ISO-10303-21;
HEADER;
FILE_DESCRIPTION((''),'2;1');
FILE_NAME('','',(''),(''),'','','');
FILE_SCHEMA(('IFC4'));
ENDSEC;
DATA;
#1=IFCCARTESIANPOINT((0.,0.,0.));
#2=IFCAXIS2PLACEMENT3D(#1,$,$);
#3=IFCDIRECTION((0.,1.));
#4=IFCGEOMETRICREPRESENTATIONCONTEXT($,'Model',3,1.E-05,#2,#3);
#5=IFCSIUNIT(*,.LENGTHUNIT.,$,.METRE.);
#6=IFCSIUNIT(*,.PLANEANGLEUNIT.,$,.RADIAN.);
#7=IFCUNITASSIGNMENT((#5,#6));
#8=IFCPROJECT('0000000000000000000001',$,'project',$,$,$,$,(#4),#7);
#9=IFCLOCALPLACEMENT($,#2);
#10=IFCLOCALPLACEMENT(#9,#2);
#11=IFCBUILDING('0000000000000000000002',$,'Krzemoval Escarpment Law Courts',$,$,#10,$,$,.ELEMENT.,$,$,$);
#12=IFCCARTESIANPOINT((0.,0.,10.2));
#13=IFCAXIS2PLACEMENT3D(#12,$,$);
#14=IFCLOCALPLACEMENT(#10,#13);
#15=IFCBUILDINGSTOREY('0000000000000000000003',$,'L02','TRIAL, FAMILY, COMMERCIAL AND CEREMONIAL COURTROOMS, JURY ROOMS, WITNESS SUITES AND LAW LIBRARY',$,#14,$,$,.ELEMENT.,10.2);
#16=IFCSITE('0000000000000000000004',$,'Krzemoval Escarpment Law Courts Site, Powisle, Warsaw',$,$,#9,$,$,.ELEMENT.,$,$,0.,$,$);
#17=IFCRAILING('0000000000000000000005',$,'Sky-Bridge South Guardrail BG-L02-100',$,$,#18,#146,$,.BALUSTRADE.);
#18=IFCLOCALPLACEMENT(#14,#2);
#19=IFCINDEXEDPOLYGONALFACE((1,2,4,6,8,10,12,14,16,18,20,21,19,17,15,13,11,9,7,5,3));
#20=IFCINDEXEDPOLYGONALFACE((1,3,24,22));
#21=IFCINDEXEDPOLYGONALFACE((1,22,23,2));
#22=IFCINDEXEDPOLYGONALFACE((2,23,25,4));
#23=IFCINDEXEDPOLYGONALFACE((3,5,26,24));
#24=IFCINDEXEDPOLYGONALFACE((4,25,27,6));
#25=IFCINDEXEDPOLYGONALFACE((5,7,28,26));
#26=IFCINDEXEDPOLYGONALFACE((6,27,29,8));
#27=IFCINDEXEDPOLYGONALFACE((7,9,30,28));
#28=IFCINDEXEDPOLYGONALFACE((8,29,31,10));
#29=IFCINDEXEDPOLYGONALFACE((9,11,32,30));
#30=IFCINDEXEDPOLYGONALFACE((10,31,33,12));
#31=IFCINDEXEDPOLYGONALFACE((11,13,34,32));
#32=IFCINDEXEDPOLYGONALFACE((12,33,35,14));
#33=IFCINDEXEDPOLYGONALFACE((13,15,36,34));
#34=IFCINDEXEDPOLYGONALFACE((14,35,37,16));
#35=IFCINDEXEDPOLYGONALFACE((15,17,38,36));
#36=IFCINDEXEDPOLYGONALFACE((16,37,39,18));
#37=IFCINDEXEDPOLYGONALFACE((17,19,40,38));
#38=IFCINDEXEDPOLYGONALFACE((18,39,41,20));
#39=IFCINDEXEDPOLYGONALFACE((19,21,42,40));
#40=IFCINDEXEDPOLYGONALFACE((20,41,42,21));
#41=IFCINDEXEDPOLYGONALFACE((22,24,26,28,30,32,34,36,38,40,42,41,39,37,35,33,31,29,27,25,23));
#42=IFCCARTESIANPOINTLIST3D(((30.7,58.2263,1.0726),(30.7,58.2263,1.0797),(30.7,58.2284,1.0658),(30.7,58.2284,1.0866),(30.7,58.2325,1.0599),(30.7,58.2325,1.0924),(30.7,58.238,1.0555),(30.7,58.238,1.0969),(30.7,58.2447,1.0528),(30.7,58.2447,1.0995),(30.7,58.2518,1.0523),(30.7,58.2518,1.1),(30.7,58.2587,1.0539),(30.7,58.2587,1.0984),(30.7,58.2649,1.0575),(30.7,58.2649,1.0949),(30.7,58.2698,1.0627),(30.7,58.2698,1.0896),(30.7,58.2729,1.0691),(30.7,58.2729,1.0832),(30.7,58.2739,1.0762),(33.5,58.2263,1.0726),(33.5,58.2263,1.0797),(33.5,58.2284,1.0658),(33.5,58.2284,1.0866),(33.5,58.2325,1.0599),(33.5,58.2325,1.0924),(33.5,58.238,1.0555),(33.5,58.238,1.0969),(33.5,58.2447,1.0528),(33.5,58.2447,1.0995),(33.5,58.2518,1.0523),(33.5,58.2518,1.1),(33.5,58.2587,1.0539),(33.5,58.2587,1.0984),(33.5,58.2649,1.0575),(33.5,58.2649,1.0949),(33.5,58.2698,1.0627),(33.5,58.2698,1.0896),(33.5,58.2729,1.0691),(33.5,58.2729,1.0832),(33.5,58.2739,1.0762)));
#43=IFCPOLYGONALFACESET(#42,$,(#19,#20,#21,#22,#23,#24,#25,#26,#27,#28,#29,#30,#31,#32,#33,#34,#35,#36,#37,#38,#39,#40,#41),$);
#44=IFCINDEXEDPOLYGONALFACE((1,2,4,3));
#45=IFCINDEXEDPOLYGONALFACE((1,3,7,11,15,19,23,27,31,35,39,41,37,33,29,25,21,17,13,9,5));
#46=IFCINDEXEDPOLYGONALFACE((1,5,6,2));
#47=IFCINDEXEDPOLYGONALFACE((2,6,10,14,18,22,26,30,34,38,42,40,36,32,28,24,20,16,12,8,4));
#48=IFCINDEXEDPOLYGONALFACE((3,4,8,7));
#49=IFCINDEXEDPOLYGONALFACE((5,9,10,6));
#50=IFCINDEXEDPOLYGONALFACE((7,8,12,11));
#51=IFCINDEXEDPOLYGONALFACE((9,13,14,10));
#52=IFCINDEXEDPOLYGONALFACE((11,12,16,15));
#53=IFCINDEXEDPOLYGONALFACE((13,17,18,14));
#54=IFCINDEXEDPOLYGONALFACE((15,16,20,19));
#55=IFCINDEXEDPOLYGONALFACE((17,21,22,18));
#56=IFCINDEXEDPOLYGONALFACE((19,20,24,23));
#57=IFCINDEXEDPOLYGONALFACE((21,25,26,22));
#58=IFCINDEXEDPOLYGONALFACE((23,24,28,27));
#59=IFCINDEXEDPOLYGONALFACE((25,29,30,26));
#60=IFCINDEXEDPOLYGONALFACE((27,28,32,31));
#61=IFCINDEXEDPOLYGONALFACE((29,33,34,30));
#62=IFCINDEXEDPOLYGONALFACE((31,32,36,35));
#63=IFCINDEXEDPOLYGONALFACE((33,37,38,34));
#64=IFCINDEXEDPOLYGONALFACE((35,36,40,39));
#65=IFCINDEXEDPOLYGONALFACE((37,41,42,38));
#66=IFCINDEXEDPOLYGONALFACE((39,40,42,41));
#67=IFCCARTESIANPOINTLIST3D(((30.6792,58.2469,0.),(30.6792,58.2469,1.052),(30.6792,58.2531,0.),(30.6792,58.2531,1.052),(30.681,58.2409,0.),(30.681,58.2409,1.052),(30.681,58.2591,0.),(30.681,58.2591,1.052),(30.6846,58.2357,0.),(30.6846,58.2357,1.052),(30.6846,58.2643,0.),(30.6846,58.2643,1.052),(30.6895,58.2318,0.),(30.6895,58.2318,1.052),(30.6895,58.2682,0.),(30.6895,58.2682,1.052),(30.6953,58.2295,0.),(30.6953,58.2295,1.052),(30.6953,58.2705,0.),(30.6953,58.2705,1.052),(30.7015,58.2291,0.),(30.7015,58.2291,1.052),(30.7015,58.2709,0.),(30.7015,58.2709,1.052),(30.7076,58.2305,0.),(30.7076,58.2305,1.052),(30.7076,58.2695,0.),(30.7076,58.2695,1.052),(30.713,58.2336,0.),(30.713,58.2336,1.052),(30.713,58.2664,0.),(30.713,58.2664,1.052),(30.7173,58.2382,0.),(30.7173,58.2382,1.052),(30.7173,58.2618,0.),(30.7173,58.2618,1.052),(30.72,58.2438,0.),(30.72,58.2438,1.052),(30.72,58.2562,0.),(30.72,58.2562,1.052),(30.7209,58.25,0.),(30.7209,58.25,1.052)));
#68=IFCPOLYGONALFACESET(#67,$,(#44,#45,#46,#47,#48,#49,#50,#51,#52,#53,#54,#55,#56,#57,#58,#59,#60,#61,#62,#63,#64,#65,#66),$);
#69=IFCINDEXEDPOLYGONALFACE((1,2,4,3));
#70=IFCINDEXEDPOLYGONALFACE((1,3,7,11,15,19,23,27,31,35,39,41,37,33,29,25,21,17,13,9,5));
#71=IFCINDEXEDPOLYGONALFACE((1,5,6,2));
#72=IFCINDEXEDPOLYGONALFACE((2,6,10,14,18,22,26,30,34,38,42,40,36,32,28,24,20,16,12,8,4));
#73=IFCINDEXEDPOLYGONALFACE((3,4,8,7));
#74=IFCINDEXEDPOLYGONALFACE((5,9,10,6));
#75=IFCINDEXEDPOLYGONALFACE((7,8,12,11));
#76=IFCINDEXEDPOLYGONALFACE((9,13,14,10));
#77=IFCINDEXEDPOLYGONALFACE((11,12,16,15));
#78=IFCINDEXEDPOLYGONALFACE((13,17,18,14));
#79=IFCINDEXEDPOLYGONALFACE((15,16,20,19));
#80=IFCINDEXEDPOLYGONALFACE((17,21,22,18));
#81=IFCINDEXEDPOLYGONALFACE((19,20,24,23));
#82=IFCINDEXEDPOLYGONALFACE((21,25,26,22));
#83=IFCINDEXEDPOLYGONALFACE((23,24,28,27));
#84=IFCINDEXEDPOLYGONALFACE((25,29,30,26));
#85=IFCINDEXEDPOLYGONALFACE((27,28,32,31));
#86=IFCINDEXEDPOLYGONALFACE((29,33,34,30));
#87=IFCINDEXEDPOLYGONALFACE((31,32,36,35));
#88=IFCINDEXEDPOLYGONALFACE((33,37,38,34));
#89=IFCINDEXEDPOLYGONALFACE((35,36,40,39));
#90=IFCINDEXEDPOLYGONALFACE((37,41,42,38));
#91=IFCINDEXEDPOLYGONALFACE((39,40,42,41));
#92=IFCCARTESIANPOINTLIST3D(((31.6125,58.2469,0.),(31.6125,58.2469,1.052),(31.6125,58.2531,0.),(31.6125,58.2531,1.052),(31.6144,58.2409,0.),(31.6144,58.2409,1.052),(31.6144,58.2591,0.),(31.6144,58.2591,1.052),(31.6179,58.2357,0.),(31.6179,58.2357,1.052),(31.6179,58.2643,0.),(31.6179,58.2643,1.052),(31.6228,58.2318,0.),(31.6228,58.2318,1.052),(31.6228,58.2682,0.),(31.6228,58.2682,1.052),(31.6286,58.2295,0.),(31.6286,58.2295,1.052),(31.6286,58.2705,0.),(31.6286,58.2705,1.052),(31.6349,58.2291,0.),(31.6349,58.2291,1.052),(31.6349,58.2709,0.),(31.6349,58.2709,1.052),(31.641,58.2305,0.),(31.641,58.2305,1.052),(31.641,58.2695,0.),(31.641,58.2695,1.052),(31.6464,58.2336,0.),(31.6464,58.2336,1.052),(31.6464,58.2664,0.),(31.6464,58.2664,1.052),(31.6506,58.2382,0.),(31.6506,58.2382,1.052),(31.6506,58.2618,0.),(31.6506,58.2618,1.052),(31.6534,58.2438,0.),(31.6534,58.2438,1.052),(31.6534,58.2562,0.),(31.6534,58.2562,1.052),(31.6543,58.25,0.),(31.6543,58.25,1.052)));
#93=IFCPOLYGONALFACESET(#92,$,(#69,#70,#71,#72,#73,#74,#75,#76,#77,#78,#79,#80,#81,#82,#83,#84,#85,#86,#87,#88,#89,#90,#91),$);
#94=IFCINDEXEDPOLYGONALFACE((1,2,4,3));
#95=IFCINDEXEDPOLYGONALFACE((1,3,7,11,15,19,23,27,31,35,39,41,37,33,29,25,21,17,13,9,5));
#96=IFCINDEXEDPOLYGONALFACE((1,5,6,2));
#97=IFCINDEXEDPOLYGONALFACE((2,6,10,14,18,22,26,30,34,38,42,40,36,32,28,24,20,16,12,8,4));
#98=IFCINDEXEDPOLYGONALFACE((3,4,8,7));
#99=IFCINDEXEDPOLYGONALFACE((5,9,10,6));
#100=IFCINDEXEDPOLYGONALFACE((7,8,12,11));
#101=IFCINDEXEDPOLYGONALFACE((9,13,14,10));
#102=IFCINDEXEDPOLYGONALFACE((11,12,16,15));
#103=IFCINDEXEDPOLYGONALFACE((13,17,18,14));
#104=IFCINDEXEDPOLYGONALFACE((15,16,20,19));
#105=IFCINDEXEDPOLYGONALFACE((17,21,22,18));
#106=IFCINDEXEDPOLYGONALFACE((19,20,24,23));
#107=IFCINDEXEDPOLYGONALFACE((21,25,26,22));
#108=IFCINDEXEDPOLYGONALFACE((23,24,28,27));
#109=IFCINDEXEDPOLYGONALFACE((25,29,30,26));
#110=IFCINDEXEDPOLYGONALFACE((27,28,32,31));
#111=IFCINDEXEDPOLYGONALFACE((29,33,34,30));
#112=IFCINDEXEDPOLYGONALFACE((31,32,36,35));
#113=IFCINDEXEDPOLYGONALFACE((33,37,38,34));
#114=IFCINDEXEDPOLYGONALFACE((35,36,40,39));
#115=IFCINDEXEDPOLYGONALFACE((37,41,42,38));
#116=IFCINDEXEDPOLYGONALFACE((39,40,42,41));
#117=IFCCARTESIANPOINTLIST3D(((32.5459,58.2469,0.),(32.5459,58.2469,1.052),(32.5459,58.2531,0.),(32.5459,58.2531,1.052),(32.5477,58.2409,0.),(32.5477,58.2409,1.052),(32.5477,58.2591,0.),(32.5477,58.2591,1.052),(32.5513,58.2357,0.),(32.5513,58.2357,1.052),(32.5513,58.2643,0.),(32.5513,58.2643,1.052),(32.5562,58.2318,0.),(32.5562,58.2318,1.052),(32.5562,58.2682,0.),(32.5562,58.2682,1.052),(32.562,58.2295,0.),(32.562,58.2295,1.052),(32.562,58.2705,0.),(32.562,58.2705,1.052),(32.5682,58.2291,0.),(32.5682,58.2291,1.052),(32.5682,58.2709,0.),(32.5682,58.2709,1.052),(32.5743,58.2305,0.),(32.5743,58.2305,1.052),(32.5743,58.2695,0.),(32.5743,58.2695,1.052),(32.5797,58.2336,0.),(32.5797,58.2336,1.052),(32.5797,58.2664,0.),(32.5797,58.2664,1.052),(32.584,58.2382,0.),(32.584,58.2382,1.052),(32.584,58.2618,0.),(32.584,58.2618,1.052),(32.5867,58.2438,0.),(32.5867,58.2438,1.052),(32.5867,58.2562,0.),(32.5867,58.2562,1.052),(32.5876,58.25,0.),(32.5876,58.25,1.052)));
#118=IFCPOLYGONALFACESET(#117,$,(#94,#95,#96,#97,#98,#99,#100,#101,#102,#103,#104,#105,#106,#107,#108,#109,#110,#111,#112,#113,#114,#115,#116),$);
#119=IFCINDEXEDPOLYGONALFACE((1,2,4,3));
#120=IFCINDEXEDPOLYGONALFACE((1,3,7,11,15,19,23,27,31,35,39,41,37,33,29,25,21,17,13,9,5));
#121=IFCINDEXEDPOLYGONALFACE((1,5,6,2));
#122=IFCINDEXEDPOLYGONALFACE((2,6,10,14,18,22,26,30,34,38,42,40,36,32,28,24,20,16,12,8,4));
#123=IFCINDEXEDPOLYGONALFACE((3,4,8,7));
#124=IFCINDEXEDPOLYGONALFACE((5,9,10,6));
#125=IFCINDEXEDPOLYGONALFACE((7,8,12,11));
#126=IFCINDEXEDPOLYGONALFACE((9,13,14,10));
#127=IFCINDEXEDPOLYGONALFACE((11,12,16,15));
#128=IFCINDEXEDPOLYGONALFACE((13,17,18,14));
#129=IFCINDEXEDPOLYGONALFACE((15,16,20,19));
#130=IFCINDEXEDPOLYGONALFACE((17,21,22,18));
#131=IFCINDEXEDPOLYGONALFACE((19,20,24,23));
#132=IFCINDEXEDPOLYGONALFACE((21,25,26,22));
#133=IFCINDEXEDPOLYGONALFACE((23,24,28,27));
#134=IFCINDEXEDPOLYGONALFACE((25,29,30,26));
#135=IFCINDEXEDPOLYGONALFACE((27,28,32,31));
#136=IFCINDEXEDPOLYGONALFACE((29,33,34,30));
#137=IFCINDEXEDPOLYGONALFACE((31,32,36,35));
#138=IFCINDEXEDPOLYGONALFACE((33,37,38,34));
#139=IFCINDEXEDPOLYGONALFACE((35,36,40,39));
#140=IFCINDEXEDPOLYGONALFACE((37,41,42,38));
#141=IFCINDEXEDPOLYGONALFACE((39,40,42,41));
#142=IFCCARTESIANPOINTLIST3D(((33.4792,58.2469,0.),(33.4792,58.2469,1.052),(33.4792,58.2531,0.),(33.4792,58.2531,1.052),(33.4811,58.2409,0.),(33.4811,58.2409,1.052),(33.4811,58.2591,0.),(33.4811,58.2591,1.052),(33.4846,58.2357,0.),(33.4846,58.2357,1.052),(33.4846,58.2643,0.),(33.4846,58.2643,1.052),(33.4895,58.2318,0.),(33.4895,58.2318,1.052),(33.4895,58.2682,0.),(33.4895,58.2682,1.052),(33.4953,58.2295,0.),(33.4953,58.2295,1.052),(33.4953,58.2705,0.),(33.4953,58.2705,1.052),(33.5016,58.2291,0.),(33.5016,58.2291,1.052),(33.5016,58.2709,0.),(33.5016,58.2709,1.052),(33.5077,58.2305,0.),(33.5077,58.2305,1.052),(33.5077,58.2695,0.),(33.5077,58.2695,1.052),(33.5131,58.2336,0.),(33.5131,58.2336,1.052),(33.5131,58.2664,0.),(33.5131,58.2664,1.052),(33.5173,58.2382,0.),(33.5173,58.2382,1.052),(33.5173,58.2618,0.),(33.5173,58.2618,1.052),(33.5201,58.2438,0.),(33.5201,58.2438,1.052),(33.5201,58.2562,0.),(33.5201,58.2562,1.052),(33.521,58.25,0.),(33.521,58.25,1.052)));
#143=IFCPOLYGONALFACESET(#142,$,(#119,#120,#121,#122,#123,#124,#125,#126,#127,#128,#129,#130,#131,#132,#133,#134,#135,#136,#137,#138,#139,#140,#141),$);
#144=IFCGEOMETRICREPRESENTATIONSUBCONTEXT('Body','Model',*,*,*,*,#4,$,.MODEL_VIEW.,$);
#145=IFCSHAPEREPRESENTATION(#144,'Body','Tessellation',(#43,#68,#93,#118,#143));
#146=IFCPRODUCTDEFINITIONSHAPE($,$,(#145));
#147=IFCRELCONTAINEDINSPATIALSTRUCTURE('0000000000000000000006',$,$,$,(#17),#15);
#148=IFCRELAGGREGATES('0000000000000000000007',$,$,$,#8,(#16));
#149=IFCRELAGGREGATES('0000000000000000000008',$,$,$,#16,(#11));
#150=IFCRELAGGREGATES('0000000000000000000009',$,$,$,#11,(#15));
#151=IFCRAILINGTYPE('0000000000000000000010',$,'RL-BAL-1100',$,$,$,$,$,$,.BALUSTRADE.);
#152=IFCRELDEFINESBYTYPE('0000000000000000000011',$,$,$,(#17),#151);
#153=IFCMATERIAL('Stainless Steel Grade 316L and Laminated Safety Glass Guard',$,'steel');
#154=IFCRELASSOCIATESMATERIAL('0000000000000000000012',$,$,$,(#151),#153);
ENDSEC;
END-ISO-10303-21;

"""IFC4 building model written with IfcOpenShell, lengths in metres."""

from ifc_helpers import new_model, si_unit, direction, frame, origin, origin_2d, place, context, subcontext, project, spatial, circle, extrude, material, type_object, element, save


model = new_model("IFC4")

# Units and contexts
model_context = context("Model", 3, precision=1e-05, world=origin(), true_north=direction((0.0, 1.0)))
body_context = subcontext(model_context, "Body", "Model", "MODEL_VIEW")
ifc_project = project(units=[si_unit("LENGTHUNIT", "METRE"), si_unit("PLANEANGLEUNIT", "RADIAN")], contexts=[model_context])

# Site, building, storey
site_placement = place(None, origin())
site = spatial("IfcSite", under=ifc_project, at=site_placement, Name="Krzemoval Escarpment Law Courts Site, Powisle, Warsaw", CompositionType="ELEMENT", RefElevation=0.0)
building_placement = place(site_placement, origin())
building = spatial("IfcBuilding", under=site, at=building_placement, Name="Krzemoval Escarpment Law Courts", CompositionType="ELEMENT")
storey_placement = place(building_placement, frame((0.0, 0.0, 10.2)))
storey = spatial("IfcBuildingStorey", under=building, at=storey_placement, Name="L02", Description="TRIAL, FAMILY, COMMERCIAL AND CEREMONIAL COURTROOMS, JURY ROOMS, WITNESS SUITES AND LAW LIBRARY", CompositionType="ELEMENT", Elevation=10.2)

# Railing
ifc_material_1 = material(Name="Stainless Steel Grade 316L and Laminated Safety Glass Guard", Category="steel")
railing_type_1 = type_object("IfcRailingType", Name="RL-BAL-1100", PredefinedType="BALUSTRADE", material=ifc_material_1)
railing_1_placement = place(storey_placement, frame((30.7, 58.25, 0.0)))
element("IfcRailing", 1, at=railing_1_placement, inside=storey, type_object=railing_type_1, Name="Sky-Bridge South Guardrail BG-L02-100", PredefinedType="BALUSTRADE", context=body_context, shape_type="SweptSolid", body=[
    extrude(circle(Radius=0.0239, at=origin_2d()), frame((0.0, 0.0, 1.0762), z_axis=(1.0, 0.0, 0.0), x_axis=(0.0, 1.0, 0.0)), (0.0, 0.0, 1.0), 2.8),
    extrude(circle(Radius=0.021, at=origin_2d()), origin(), (0.0, 0.0, 1.0), 1.052),
    extrude(circle(Radius=0.021, at=origin_2d()), frame((0.9333, 0.0, 0.0)), (0.0, 0.0, 1.0), 1.052),
    extrude(circle(Radius=0.021, at=origin_2d()), frame((1.8667, 0.0, 0.0)), (0.0, 0.0, 1.0), 1.052),
    extrude(circle(Radius=0.021, at=origin_2d()), frame((2.8, 0.0, 0.0)), (0.0, 0.0, 1.0), 1.052),
])

save(model, "model.ifc")
